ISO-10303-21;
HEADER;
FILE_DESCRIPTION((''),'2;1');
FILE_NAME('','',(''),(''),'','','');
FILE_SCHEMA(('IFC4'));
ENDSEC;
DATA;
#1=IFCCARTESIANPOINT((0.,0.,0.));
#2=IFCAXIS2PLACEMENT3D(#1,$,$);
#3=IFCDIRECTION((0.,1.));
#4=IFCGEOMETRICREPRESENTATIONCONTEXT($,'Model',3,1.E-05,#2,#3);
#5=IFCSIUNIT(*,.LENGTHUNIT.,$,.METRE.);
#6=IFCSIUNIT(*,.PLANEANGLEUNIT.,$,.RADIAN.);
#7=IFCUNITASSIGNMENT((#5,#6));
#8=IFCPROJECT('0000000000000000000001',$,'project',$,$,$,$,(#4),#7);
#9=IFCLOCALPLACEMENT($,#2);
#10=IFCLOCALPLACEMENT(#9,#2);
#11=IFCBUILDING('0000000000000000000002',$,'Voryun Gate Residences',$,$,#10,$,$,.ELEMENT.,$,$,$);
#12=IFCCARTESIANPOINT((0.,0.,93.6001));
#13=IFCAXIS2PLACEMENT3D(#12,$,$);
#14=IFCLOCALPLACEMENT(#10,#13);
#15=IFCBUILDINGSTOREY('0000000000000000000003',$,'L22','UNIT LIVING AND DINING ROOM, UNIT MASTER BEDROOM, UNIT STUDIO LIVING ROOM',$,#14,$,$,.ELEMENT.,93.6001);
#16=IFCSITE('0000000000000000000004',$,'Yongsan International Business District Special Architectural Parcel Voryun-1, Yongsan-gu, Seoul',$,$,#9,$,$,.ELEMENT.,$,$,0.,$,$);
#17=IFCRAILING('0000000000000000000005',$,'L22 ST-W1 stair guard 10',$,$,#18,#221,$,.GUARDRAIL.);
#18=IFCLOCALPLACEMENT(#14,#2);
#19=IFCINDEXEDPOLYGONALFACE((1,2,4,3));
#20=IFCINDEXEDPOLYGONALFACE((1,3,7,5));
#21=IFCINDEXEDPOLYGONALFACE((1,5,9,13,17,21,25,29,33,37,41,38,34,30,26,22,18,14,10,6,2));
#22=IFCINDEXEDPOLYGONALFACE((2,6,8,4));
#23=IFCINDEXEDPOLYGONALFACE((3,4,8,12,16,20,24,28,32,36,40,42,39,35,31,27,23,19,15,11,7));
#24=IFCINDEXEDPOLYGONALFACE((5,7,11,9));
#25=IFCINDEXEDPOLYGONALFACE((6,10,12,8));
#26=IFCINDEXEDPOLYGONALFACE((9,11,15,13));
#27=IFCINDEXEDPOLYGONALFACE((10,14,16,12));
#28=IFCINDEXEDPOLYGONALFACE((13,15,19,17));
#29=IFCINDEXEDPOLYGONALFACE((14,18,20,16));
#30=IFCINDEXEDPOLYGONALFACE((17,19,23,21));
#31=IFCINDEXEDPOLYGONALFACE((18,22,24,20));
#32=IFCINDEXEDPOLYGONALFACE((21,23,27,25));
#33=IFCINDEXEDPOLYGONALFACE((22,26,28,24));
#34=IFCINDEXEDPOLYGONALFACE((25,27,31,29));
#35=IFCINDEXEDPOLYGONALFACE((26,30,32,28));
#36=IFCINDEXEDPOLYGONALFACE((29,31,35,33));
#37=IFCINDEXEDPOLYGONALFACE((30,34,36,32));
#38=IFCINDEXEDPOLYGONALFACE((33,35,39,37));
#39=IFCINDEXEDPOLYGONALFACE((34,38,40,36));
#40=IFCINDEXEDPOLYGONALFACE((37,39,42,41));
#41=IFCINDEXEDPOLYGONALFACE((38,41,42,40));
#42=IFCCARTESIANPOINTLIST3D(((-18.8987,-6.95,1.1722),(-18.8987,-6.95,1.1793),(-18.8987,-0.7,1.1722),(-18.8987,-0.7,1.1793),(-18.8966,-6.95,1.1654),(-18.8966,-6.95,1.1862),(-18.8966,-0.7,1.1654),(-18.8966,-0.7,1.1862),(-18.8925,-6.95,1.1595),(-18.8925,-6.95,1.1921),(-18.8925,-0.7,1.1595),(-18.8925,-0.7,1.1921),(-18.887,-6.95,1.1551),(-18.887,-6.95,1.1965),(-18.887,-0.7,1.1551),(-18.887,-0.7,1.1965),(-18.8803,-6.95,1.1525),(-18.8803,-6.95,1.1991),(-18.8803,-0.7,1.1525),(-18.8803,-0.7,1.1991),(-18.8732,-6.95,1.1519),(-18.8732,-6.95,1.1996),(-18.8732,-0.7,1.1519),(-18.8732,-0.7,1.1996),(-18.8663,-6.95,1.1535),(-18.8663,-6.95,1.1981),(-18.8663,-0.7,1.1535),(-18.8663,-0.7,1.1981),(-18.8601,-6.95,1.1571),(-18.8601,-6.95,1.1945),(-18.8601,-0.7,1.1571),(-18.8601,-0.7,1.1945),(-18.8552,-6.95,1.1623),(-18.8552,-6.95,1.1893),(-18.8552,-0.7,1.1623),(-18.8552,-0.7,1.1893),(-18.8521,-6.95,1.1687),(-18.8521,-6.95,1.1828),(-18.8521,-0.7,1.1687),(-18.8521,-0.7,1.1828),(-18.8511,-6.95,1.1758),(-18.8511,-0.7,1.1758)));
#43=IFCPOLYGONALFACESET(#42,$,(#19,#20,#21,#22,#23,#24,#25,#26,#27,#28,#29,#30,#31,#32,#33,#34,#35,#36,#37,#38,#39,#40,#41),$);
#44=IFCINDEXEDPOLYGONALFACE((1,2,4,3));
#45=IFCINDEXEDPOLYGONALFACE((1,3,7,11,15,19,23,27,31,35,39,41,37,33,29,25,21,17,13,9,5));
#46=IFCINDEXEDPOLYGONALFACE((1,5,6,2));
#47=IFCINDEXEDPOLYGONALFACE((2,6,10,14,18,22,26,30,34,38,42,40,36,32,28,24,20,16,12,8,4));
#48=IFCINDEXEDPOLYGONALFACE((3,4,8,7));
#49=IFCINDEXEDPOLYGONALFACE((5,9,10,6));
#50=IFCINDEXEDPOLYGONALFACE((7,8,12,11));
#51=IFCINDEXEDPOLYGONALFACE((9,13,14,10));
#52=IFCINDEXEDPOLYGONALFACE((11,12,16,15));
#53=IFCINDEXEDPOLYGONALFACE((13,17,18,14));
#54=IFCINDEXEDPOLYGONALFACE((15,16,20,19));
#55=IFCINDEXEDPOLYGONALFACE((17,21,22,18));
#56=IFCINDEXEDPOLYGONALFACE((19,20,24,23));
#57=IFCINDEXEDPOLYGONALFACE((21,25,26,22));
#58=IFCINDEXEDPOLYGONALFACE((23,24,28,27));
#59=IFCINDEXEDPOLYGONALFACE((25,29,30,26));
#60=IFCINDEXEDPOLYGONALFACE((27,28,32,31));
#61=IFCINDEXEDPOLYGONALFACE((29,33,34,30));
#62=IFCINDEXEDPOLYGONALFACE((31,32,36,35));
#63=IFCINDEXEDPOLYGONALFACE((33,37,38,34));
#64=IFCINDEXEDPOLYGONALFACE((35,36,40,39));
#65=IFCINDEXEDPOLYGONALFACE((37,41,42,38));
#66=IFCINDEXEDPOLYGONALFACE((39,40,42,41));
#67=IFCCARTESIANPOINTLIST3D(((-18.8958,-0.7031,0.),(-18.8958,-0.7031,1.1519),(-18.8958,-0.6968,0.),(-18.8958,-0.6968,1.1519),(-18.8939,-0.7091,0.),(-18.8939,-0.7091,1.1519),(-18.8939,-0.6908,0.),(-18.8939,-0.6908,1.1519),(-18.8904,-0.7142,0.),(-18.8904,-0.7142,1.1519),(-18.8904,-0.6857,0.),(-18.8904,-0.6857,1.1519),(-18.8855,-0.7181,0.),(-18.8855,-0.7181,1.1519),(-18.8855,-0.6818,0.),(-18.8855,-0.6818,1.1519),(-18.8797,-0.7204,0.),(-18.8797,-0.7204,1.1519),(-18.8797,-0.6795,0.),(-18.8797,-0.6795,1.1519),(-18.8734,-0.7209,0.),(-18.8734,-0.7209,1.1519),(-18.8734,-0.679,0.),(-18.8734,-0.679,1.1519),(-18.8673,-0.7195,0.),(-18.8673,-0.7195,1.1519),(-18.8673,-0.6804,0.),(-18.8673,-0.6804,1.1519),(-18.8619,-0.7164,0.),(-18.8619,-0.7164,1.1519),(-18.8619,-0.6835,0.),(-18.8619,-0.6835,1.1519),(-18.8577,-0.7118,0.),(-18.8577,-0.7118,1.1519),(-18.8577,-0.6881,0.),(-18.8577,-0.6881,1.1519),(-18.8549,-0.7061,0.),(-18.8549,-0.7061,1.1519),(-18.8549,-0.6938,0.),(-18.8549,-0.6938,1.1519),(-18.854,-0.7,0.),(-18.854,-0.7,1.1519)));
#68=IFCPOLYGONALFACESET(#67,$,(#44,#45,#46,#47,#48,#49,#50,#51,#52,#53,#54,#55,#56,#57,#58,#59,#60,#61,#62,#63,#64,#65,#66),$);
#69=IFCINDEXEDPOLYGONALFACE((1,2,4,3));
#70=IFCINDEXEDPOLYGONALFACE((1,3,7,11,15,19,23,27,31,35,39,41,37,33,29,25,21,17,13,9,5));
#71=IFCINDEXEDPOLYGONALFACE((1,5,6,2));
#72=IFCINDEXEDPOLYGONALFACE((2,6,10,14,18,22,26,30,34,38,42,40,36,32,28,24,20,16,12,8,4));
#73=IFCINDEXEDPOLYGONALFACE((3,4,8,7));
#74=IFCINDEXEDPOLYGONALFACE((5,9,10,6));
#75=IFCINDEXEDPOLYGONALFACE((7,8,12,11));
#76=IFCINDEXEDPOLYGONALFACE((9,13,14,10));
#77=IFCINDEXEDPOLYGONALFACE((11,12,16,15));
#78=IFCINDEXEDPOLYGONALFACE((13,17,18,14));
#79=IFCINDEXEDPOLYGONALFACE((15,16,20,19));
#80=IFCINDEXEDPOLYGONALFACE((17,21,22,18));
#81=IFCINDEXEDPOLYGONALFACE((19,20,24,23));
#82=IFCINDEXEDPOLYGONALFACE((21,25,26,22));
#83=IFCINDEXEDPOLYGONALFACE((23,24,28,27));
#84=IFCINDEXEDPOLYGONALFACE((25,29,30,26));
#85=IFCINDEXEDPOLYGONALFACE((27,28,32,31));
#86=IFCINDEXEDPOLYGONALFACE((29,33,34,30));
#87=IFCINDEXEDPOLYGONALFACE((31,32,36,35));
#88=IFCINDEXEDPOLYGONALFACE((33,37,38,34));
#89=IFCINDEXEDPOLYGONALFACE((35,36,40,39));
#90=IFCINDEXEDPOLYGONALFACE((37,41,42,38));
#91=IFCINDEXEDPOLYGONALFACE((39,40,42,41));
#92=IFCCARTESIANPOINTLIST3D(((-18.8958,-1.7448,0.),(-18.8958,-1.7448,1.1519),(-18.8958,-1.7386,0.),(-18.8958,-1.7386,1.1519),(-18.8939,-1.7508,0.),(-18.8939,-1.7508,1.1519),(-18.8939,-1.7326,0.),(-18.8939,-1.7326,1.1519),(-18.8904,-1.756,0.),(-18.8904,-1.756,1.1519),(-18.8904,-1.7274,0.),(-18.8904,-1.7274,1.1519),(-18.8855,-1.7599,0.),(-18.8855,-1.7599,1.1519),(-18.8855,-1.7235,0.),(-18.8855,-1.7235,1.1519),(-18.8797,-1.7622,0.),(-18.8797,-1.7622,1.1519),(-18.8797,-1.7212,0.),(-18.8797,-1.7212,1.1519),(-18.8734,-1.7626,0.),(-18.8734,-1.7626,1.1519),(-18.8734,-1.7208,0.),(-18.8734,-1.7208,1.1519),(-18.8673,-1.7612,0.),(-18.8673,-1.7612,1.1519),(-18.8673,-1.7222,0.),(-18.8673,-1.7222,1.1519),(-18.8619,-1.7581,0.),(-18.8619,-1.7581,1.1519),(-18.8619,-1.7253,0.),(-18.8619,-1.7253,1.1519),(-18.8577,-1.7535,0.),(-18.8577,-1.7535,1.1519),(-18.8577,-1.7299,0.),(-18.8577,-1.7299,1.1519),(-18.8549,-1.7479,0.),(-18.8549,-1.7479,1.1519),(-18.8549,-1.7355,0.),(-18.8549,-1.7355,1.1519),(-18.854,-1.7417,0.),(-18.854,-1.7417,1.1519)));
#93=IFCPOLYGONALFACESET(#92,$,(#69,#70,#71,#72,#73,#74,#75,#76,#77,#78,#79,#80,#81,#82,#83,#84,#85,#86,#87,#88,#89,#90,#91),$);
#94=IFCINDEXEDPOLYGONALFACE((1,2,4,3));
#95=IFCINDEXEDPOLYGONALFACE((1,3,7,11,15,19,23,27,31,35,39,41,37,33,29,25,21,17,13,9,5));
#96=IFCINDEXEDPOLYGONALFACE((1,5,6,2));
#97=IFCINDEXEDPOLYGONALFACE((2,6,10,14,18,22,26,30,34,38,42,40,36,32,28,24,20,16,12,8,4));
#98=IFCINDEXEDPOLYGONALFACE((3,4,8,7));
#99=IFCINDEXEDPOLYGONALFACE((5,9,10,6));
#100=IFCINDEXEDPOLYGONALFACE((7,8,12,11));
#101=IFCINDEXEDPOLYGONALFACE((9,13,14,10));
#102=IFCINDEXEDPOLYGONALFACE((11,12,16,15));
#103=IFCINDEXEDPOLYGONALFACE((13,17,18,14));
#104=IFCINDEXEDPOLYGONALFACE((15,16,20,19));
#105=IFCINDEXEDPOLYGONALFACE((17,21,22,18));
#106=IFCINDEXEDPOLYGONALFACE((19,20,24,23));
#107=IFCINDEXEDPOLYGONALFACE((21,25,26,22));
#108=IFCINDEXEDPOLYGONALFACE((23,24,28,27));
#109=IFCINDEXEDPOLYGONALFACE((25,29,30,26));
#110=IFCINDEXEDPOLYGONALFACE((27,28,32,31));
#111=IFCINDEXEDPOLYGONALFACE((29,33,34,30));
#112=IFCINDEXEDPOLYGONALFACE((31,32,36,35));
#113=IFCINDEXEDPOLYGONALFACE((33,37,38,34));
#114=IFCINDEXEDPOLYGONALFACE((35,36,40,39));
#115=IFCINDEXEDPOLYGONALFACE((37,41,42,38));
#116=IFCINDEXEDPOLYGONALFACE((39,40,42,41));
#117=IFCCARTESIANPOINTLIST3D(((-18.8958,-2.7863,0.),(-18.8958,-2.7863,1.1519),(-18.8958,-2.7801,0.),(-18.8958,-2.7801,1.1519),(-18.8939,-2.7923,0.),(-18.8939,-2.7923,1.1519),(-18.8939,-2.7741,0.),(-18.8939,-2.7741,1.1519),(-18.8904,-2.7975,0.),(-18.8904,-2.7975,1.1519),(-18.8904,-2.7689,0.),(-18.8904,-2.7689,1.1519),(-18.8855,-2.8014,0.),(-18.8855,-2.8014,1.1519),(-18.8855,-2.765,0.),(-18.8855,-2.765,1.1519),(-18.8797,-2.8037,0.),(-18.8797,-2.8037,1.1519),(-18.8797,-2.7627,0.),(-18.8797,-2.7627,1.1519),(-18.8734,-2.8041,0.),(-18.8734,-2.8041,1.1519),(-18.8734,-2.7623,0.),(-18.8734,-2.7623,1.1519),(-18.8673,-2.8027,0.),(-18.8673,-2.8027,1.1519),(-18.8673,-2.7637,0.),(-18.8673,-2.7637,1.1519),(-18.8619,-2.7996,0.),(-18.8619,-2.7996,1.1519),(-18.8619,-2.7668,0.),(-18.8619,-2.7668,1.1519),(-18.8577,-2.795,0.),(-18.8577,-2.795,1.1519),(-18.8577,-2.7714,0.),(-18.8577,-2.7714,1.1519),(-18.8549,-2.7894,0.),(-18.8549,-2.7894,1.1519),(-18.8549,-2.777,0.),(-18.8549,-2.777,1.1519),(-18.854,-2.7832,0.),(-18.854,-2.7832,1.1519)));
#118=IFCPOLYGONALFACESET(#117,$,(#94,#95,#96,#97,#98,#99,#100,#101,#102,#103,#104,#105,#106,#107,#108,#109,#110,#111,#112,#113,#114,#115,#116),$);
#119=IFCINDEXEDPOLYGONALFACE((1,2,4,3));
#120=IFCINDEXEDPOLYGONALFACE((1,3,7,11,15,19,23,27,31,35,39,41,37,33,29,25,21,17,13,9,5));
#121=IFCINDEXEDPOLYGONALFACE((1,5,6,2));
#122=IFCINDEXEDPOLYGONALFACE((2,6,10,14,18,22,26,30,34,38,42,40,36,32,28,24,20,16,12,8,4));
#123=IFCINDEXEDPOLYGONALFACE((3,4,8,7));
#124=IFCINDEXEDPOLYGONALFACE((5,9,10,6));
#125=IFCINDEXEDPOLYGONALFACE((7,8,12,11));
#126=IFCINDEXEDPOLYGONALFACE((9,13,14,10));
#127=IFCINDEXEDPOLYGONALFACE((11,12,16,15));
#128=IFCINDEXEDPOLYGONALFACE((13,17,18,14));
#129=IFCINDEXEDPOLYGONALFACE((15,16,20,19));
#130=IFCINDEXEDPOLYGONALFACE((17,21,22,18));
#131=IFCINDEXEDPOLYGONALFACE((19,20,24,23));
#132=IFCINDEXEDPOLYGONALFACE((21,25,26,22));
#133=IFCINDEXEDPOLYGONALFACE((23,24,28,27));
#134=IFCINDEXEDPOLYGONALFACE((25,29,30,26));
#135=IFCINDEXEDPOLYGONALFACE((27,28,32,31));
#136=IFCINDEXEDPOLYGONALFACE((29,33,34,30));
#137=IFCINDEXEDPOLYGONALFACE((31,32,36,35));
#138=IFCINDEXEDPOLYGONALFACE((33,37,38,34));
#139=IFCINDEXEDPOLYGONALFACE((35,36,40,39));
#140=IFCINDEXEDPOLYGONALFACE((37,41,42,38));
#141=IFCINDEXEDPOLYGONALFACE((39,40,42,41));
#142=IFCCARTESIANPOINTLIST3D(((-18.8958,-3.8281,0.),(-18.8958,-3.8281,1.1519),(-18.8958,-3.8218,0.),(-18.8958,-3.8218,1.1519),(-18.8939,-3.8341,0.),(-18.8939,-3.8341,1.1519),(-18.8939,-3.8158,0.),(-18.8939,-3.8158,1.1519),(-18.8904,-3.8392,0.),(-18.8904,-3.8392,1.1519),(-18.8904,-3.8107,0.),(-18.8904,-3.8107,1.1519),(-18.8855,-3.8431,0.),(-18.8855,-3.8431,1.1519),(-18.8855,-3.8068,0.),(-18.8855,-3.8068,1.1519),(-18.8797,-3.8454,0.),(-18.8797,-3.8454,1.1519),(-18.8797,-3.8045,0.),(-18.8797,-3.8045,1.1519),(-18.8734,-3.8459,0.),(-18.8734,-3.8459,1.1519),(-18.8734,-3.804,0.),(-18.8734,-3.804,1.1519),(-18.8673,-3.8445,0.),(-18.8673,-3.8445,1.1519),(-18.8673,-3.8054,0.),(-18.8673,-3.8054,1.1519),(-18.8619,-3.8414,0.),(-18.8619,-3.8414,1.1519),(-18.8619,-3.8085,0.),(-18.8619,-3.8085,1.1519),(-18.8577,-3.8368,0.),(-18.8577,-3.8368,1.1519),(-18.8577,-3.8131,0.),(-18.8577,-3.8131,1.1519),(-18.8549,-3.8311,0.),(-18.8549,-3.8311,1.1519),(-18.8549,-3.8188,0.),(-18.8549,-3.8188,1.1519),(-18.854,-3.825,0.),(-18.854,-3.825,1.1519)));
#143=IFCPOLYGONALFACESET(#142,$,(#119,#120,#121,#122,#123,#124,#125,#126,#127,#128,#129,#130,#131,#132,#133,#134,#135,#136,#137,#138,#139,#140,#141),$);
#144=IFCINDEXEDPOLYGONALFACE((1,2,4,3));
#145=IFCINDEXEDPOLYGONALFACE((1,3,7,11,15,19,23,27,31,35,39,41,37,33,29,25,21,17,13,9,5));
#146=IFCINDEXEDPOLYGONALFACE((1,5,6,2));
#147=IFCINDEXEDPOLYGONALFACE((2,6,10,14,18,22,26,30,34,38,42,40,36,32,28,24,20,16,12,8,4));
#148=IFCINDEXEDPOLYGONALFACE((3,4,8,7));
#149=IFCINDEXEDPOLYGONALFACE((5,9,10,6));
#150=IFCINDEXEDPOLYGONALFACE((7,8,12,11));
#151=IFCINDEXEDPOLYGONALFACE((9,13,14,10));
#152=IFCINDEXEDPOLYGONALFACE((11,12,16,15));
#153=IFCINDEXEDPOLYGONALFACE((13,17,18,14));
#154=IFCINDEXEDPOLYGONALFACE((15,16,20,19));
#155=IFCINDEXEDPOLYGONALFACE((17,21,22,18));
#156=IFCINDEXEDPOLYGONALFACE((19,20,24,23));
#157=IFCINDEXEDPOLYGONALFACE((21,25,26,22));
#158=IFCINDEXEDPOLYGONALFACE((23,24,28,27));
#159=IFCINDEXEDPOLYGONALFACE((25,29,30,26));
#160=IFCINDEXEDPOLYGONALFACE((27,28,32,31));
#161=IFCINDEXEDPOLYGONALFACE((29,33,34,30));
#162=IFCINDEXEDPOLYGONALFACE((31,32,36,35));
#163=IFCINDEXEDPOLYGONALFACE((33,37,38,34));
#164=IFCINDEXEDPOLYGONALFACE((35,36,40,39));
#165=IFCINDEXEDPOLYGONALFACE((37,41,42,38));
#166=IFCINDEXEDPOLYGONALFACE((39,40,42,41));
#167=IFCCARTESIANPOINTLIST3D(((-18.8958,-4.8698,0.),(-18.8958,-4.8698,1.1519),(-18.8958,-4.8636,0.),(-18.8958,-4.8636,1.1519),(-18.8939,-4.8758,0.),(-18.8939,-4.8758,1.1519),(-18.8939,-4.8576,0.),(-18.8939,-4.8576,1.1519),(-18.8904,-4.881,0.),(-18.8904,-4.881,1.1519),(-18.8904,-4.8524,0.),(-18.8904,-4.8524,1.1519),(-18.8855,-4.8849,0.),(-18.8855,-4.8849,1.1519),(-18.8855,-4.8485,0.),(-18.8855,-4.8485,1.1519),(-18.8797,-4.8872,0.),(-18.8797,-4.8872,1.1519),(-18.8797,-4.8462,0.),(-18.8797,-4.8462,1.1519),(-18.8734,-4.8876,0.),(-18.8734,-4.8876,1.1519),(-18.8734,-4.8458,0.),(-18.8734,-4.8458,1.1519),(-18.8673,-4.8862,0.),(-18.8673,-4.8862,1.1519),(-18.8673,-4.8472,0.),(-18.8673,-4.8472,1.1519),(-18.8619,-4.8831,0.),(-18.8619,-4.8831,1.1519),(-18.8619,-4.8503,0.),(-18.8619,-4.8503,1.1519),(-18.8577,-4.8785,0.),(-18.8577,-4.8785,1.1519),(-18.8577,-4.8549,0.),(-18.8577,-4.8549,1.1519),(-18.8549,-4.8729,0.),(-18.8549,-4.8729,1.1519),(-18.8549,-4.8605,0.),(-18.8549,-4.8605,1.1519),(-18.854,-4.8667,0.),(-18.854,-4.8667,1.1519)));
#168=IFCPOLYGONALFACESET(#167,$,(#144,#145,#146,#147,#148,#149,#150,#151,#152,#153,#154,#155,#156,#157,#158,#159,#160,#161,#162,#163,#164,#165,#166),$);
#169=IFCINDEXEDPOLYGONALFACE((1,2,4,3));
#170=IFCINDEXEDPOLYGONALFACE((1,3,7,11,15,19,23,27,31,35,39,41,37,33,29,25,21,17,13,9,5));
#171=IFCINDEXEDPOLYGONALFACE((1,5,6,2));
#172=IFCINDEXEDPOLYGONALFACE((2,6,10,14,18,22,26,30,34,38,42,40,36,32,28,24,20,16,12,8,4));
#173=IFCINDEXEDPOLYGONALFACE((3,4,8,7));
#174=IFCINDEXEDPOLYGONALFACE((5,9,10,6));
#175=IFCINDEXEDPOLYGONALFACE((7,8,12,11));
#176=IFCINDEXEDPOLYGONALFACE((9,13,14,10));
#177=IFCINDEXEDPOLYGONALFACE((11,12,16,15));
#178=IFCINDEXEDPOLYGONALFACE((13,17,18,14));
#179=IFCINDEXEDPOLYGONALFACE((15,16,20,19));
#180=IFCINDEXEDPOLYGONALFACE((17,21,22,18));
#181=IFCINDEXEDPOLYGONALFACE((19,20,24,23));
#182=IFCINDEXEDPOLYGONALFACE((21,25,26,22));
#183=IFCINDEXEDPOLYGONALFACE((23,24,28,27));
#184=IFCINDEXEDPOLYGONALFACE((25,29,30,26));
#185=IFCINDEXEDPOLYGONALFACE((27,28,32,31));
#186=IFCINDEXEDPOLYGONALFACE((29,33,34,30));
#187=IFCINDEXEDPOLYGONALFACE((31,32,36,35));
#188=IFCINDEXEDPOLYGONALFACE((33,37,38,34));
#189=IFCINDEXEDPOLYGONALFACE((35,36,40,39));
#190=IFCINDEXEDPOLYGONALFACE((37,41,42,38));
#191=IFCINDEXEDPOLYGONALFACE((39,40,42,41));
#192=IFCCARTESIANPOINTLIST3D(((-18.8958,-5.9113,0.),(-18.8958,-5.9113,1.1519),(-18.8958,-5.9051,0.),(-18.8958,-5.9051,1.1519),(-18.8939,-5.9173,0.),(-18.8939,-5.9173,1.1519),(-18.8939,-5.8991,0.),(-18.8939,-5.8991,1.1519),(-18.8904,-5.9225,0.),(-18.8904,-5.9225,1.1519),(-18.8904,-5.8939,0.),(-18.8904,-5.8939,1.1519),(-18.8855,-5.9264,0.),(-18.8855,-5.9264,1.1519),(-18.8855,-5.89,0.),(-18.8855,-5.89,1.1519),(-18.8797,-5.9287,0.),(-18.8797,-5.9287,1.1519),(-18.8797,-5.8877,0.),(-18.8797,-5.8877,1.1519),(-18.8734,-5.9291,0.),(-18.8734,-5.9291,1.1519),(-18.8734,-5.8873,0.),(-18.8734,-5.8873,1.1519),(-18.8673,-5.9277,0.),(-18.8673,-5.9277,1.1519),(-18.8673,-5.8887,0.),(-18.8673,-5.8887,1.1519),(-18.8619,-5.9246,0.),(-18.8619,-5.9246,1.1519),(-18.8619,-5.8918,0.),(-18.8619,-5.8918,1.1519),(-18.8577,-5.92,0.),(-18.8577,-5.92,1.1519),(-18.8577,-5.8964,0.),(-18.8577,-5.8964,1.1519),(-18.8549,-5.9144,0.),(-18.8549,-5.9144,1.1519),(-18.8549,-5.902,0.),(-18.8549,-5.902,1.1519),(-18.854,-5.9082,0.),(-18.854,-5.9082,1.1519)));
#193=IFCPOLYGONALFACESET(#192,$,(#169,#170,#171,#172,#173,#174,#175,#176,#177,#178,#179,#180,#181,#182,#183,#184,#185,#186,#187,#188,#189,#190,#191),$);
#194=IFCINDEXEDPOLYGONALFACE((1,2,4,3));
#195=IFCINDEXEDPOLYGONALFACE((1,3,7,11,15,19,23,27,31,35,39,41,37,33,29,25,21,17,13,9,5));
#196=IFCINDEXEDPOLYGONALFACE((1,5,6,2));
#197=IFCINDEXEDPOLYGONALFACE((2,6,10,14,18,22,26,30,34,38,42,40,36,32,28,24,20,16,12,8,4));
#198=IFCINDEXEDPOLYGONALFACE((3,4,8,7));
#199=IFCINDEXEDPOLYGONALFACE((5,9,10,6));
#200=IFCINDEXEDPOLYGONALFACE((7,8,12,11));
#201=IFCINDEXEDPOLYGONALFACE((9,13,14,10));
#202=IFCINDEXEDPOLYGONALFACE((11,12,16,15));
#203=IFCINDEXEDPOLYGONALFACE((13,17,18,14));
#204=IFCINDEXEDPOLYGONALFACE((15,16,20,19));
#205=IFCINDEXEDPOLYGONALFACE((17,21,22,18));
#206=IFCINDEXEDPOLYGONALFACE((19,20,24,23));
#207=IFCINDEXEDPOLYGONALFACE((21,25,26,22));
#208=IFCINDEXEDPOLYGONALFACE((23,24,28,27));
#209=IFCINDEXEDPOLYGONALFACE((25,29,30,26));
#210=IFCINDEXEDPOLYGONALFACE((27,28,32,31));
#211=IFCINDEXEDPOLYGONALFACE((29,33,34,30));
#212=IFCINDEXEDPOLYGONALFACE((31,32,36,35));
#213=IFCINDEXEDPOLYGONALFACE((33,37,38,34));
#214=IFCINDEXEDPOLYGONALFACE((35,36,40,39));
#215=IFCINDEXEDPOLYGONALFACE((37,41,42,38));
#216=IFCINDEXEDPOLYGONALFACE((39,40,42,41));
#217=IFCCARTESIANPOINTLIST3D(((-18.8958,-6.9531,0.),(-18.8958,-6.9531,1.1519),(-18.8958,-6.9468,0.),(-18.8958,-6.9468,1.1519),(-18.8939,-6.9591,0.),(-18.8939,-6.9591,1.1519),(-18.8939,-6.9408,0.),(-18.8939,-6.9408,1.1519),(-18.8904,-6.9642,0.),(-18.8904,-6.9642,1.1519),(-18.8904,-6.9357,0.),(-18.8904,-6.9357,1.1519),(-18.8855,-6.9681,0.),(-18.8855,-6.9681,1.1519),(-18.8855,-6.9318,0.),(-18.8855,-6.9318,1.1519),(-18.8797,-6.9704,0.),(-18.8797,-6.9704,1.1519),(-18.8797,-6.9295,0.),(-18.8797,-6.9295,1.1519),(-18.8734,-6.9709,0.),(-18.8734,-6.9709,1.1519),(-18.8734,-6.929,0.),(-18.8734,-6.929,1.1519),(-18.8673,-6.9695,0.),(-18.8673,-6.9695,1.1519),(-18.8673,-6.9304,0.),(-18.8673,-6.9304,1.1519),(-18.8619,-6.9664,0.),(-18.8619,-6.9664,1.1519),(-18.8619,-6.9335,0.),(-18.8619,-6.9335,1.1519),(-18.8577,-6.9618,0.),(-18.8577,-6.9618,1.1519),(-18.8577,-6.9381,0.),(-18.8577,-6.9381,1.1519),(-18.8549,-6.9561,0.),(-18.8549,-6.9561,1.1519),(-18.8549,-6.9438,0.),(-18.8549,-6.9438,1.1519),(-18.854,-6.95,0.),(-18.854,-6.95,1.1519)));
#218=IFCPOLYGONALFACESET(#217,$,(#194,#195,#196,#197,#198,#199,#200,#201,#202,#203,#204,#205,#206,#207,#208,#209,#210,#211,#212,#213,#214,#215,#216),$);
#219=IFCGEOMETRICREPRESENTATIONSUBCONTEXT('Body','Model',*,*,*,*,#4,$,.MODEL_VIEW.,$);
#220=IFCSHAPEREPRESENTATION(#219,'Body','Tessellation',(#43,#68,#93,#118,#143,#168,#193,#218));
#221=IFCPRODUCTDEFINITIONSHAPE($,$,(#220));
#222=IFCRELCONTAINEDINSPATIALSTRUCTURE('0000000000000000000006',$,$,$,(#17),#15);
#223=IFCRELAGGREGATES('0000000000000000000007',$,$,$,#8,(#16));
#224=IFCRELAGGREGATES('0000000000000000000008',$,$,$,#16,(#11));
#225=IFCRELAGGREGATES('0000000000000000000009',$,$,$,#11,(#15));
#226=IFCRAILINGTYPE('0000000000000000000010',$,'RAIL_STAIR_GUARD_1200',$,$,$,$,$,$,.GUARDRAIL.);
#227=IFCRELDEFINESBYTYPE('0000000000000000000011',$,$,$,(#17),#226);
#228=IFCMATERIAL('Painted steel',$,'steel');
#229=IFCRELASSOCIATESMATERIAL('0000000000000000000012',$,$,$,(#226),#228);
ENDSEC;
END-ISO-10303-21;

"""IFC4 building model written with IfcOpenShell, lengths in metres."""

from ifc_helpers import new_model, si_unit, direction, frame, origin, origin_2d, place, context, subcontext, project, spatial, circle, extrude, material, type_object, element, save


model = new_model("IFC4")

# Units and contexts
model_context = context("Model", 3, precision=1e-05, world=origin(), true_north=direction((0.0, 1.0)))
body_context = subcontext(model_context, "Body", "Model", "MODEL_VIEW")
ifc_project = project(units=[si_unit("LENGTHUNIT", "METRE"), si_unit("PLANEANGLEUNIT", "RADIAN")], contexts=[model_context])

# Site, building, storey
site_placement = place(None, origin())
site = spatial("IfcSite", under=ifc_project, at=site_placement, Name="Yongsan International Business District Special Architectural Parcel Voryun-1, Yongsan-gu, Seoul", CompositionType="ELEMENT", RefElevation=0.0)
building_placement = place(site_placement, origin())
building = spatial("IfcBuilding", under=site, at=building_placement, Name="Voryun Gate Residences", CompositionType="ELEMENT")
storey_placement = place(building_placement, frame((0.0, 0.0, 93.6001)))
storey = spatial("IfcBuildingStorey", under=building, at=storey_placement, Name="L22", Description="UNIT LIVING AND DINING ROOM, UNIT MASTER BEDROOM, UNIT STUDIO LIVING ROOM", CompositionType="ELEMENT", Elevation=93.6001)

# Railing
ifc_material_1 = material(Name="Painted steel", Category="steel")
railing_type = type_object("IfcRailingType", Name="RAIL_STAIR_GUARD_1200", PredefinedType="GUARDRAIL", material=ifc_material_1)
railing_1_placement = place(storey_placement, frame((-18.875, -0.7, 0.0)))
element("IfcRailing", 1, at=railing_1_placement, inside=storey, type_object=railing_type, Name="L22 ST-W1 stair guard 10", PredefinedType="GUARDRAIL", context=body_context, shape_type="SweptSolid", body=[
    extrude(circle(Radius=0.0239, at=origin_2d()), frame((0.0, 0.0, 1.1758), z_axis=(0.0, -1.0, 0.0), x_axis=(1.0, 0.0, 0.0)), (0.0, 0.0, 1.0), 6.25),
    extrude(circle(Radius=0.021, at=origin_2d()), origin(), (0.0, 0.0, 1.0), 1.1519),
    extrude(circle(Radius=0.021, at=origin_2d()), frame((0.0, -1.0417, 0.0)), (0.0, 0.0, 1.0), 1.1519),
    extrude(circle(Radius=0.021, at=origin_2d()), frame((0.0, -2.0833, 0.0)), (0.0, 0.0, 1.0), 1.1519),
    extrude(circle(Radius=0.021, at=origin_2d()), frame((0.0, -3.125, 0.0)), (0.0, 0.0, 1.0), 1.1519),
    extrude(circle(Radius=0.021, at=origin_2d()), frame((0.0, -4.1667, 0.0)), (0.0, 0.0, 1.0), 1.1519),
    extrude(circle(Radius=0.021, at=origin_2d()), frame((0.0, -5.2083, 0.0)), (0.0, 0.0, 1.0), 1.1519),
    extrude(circle(Radius=0.021, at=origin_2d()), frame((0.0, -6.25, 0.0)), (0.0, 0.0, 1.0), 1.1519),
])

save(model, "model.ifc")
